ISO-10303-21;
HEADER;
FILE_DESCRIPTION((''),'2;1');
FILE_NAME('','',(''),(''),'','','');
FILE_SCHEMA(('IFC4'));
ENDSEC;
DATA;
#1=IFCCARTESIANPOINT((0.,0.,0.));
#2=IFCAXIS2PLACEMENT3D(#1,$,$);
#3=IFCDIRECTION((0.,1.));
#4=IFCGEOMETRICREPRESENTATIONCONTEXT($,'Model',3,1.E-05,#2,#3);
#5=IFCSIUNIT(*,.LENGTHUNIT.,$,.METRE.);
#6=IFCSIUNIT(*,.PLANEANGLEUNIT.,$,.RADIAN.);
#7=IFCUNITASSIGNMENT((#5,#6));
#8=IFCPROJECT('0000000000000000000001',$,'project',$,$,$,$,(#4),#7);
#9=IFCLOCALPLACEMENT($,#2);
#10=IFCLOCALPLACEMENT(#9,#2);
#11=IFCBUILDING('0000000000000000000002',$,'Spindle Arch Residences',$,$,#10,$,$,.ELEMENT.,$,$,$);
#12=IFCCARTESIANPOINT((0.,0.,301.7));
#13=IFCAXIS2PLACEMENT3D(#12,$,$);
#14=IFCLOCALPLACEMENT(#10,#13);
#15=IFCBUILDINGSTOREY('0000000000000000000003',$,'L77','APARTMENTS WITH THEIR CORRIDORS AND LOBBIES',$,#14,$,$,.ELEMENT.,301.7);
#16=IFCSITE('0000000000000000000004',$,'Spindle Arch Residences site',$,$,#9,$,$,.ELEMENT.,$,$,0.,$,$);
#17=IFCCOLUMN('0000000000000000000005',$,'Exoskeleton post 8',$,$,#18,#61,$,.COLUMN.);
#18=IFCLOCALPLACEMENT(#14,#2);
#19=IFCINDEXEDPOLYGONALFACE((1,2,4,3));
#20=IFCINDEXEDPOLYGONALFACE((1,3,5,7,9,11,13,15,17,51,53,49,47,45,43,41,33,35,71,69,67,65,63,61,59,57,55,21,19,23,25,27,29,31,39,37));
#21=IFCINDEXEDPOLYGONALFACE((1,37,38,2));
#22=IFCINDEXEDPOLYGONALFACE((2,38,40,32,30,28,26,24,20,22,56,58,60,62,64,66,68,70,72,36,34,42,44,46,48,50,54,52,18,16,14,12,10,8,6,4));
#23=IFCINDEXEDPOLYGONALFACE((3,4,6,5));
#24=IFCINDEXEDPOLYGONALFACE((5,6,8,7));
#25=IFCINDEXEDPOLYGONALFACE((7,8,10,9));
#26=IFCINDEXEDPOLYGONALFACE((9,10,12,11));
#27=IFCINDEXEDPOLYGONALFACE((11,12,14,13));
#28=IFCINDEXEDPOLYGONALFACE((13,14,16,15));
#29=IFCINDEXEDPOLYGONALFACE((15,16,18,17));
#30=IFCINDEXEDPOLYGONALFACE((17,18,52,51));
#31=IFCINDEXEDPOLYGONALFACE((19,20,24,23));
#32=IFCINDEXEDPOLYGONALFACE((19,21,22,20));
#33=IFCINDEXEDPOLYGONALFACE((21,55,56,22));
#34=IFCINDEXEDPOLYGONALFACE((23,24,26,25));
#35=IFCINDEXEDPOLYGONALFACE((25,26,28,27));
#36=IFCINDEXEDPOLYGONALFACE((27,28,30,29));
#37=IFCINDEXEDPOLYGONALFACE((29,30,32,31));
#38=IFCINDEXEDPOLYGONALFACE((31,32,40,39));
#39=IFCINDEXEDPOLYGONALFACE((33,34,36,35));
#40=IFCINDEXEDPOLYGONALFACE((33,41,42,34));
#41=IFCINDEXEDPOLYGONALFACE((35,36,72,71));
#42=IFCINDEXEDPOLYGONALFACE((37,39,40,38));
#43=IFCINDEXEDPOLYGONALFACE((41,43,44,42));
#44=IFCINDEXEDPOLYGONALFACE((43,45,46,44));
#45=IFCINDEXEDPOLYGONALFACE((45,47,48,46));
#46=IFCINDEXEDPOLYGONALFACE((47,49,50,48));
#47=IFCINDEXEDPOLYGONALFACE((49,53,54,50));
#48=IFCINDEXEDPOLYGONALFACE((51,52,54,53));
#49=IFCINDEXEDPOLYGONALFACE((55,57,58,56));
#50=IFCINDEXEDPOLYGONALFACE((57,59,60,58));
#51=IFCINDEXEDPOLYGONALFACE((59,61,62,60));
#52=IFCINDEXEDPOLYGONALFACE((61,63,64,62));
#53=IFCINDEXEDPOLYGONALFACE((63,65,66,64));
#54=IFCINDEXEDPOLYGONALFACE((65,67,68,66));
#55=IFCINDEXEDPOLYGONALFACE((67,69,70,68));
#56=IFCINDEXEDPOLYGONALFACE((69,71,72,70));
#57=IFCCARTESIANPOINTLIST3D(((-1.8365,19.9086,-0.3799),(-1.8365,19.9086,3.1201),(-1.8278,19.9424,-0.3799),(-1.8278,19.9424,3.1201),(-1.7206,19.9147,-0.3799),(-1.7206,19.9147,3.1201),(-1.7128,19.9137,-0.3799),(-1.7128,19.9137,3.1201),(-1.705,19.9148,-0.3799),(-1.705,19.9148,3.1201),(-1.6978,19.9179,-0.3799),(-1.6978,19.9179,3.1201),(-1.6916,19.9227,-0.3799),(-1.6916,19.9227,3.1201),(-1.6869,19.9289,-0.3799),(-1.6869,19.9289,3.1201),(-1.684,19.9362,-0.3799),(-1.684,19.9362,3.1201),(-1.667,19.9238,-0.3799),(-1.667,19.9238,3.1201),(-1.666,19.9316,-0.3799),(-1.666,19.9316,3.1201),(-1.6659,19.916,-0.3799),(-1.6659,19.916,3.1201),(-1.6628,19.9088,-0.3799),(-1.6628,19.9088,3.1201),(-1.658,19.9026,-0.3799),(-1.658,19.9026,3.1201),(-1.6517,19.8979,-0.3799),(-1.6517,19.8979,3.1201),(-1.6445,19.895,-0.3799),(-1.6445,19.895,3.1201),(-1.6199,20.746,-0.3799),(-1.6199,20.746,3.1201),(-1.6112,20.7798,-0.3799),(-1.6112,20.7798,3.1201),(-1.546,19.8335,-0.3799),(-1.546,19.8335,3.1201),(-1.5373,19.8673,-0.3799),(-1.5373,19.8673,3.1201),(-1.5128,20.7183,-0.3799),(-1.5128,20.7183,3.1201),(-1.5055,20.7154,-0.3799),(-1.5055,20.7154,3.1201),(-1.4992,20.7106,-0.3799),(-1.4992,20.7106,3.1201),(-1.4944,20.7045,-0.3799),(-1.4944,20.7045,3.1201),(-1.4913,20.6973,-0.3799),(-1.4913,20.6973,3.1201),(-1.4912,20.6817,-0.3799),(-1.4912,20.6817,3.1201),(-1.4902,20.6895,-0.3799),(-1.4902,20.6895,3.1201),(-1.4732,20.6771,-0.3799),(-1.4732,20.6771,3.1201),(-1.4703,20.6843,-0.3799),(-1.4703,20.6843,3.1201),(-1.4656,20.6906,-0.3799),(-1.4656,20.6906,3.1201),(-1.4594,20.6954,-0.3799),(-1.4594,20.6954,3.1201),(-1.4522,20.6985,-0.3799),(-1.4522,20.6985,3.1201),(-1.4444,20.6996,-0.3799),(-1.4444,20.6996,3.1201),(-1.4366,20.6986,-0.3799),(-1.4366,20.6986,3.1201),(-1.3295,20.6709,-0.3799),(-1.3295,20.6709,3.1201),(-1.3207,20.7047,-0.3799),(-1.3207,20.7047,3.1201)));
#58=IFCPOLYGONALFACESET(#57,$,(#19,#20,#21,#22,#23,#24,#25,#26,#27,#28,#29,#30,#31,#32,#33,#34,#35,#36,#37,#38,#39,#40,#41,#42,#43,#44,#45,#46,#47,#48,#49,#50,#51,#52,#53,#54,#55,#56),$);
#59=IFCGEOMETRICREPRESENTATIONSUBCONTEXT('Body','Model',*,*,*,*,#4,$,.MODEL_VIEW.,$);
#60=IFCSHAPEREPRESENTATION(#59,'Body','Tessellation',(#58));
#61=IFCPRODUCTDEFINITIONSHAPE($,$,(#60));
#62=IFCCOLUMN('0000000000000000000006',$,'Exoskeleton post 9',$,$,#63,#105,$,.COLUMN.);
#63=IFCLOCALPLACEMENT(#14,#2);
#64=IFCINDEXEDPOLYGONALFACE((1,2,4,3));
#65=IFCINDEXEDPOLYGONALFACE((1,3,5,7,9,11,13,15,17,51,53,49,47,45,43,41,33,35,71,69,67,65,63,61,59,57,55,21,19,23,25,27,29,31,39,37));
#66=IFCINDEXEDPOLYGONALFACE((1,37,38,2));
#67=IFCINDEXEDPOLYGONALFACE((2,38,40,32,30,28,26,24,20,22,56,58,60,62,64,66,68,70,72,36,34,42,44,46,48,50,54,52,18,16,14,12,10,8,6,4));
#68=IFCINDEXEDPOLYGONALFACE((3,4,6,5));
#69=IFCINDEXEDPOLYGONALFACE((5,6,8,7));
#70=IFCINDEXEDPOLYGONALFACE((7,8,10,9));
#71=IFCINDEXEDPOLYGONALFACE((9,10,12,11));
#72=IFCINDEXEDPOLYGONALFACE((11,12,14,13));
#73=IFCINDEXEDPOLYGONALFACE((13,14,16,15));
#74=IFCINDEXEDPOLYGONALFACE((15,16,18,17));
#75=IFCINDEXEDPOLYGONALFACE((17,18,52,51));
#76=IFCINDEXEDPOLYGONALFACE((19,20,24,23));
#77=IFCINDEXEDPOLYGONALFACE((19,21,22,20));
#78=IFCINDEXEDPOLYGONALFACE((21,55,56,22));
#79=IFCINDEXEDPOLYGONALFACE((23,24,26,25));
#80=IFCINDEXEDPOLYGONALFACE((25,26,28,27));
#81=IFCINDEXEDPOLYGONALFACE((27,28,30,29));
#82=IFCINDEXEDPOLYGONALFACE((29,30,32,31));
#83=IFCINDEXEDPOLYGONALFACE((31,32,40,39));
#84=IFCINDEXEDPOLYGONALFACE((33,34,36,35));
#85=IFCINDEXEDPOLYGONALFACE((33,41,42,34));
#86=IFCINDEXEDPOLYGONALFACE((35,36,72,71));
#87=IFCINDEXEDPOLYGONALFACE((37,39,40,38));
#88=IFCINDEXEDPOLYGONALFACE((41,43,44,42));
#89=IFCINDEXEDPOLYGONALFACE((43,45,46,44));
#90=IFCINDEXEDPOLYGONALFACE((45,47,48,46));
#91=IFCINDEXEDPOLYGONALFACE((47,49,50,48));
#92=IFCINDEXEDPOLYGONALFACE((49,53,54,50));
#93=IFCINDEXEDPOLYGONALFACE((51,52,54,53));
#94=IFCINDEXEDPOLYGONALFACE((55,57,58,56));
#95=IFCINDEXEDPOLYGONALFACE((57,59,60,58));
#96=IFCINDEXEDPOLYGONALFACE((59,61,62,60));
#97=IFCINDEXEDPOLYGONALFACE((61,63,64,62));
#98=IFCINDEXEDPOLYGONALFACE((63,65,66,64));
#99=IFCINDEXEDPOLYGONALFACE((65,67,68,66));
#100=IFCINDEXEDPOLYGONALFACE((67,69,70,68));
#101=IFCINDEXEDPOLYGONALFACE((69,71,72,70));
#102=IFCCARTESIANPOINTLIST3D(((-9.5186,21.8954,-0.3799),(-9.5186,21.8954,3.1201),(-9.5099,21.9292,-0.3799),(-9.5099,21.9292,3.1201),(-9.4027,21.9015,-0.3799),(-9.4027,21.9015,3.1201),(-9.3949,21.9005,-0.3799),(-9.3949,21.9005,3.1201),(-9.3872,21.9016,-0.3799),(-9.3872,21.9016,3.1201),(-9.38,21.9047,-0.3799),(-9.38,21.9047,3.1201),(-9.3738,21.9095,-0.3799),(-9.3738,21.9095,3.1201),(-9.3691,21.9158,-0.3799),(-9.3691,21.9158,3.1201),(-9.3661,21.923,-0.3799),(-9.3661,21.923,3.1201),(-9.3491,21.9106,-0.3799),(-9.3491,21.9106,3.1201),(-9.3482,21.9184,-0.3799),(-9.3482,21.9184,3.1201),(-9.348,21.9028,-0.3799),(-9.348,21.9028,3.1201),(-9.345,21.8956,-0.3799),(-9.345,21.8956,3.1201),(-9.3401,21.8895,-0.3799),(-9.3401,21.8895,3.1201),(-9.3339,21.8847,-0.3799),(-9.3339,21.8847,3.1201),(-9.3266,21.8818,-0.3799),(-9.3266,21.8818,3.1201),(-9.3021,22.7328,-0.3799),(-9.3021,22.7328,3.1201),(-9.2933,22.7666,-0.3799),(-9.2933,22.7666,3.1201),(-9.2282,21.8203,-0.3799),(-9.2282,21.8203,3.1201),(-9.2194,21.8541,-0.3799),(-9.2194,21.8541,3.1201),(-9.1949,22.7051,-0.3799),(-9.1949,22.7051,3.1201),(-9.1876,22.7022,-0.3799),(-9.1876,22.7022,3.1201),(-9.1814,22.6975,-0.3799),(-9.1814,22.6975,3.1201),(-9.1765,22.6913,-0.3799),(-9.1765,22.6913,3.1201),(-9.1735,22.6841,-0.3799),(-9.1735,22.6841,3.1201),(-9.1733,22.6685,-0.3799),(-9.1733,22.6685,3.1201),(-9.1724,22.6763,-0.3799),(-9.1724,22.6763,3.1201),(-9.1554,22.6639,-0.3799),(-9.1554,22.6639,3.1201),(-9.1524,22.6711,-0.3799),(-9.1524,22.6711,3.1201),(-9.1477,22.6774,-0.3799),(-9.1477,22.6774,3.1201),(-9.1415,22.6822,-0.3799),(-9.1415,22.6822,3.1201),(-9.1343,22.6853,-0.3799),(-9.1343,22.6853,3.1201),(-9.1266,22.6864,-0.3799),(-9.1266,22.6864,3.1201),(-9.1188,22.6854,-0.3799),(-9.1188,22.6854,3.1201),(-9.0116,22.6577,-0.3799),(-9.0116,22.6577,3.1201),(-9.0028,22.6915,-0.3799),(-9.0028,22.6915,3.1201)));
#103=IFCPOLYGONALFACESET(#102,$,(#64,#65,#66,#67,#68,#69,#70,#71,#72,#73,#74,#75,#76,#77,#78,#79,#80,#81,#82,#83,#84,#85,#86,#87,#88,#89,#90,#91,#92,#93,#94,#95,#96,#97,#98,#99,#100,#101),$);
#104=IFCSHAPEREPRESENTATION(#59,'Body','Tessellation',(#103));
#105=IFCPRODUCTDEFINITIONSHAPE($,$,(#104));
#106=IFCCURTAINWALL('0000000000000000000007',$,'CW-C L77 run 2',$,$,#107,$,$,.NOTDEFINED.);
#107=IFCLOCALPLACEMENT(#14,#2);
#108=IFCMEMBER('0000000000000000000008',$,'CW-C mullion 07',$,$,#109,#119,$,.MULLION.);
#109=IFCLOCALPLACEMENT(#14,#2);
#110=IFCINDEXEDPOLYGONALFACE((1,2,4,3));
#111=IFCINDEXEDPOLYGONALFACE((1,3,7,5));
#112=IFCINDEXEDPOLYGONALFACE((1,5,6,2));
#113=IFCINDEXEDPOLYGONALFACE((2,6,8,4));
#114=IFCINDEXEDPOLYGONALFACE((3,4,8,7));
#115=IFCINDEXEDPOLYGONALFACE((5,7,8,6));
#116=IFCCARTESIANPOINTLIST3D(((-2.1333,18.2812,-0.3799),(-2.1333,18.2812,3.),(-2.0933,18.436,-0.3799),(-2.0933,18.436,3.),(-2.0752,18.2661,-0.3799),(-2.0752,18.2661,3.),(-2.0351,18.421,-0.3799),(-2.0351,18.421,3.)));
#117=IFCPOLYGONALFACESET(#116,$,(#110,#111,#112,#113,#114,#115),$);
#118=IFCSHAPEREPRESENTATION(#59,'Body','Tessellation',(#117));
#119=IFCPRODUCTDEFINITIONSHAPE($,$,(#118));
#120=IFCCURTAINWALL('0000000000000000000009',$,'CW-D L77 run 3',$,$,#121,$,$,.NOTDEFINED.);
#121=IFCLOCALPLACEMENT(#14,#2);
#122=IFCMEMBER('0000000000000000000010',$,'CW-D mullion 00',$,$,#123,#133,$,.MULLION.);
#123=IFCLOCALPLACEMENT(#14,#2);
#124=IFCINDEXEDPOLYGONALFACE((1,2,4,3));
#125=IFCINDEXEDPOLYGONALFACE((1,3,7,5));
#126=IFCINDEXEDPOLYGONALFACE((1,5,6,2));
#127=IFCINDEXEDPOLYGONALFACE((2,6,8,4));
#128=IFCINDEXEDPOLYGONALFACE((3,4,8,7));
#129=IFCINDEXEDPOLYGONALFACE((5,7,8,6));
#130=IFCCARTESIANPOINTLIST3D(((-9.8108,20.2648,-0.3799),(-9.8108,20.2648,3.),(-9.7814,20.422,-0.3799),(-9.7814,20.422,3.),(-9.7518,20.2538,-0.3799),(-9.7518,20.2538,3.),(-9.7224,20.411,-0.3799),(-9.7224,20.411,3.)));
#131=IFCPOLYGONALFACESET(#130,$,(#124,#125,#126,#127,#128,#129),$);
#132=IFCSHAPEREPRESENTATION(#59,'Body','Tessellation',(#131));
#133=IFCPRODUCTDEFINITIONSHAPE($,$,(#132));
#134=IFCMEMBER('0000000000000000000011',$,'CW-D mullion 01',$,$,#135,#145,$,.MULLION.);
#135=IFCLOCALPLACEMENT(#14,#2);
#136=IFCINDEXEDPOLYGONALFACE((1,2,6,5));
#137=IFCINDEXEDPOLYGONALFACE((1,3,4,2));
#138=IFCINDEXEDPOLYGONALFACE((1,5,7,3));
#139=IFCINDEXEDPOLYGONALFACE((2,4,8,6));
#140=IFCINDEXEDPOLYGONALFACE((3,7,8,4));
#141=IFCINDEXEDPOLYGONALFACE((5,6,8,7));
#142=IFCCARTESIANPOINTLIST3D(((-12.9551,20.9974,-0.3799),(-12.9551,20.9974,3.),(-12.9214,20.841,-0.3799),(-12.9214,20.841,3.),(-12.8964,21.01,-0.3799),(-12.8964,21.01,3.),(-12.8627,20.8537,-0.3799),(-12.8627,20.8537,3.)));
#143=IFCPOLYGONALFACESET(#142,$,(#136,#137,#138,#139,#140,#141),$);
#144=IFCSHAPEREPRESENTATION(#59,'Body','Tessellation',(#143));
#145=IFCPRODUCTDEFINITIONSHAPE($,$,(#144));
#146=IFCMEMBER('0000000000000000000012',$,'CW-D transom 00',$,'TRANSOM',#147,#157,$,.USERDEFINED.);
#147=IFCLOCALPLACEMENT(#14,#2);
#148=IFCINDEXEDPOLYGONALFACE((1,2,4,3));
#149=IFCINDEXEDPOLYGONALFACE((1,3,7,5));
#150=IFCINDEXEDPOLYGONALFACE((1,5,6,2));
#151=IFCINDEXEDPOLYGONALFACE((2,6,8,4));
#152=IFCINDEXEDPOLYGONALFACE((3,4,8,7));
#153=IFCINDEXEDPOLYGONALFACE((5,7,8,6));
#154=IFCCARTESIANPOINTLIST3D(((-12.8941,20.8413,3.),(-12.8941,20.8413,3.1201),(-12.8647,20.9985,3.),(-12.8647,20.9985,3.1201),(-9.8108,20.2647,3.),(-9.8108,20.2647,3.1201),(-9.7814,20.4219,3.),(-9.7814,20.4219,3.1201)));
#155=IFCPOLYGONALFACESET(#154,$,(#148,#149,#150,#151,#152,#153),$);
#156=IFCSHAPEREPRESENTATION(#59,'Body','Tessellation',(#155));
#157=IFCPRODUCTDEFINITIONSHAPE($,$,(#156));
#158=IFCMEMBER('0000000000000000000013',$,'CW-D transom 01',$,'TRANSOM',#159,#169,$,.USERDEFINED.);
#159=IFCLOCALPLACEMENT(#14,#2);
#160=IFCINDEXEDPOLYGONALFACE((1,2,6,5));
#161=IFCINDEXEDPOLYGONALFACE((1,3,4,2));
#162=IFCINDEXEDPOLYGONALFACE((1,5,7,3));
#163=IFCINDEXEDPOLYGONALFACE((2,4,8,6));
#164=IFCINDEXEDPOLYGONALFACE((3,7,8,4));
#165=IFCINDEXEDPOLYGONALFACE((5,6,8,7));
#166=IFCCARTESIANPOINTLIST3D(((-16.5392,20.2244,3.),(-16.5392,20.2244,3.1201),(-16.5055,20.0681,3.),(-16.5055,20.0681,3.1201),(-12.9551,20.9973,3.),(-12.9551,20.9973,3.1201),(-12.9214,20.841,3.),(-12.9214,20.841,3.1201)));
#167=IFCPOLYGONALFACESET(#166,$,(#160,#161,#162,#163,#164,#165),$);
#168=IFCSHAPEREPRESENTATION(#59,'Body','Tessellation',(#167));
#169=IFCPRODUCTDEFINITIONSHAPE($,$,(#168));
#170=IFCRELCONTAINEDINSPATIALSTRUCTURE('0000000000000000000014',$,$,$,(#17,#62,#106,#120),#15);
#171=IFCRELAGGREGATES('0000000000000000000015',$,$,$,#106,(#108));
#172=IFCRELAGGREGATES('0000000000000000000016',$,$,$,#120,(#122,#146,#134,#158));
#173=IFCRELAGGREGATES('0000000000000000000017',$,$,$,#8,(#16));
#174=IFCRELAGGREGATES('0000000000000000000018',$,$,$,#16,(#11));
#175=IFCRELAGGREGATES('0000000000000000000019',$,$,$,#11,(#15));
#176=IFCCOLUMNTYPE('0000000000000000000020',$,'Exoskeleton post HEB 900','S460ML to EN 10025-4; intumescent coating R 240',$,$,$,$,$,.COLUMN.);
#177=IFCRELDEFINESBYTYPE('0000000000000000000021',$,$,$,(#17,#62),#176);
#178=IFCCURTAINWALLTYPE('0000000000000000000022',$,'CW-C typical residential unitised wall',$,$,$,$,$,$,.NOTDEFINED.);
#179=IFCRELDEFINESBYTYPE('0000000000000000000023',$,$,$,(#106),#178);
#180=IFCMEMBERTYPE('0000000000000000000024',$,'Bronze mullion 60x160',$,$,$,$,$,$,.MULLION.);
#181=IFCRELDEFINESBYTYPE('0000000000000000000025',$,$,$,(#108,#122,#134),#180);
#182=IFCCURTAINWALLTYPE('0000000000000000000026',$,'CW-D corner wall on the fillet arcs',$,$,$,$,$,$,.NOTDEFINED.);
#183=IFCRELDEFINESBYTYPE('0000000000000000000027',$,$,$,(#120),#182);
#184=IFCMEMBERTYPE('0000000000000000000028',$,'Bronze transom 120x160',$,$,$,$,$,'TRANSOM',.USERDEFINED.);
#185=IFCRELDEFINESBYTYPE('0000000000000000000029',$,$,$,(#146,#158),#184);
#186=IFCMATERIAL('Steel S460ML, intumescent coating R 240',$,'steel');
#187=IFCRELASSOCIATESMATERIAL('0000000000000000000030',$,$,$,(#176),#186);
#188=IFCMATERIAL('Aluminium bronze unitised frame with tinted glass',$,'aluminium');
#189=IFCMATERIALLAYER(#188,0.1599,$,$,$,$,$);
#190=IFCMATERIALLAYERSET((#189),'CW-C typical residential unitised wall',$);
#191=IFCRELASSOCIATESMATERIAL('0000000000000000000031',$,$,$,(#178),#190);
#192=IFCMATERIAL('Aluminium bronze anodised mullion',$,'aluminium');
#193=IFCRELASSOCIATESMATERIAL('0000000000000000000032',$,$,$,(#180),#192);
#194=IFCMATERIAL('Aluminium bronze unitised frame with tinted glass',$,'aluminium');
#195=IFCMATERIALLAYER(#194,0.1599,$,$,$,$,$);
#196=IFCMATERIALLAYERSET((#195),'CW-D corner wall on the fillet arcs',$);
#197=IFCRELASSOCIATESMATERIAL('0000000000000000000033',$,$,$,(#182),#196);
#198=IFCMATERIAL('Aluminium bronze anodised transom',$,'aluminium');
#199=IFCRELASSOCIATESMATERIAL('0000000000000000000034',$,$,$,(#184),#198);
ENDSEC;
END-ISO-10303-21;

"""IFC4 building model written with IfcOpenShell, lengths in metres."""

from ifc_helpers import new_model, si_unit, direction, frame, origin, origin_2d, place, context, subcontext, project, spatial, rectangle, i_section, extrude, material, layer, layer_set, material_profile, profile_set, type_object, element, aggregate, save


model = new_model("IFC4")

# Units and contexts
model_context = context("Model", 3, precision=1e-05, world=origin(), true_north=direction((0.0, 1.0)))
body_context = subcontext(model_context, "Body", "Model", "MODEL_VIEW")
ifc_project = project(units=[si_unit("LENGTHUNIT", "METRE"), si_unit("PLANEANGLEUNIT", "RADIAN")], contexts=[model_context])

# Site, building, storey
site_placement = place(None, origin())
site = spatial("IfcSite", under=ifc_project, at=site_placement, Name="Spindle Arch Residences site", CompositionType="ELEMENT", RefElevation=0.0)
building_placement = place(site_placement, origin())
building = spatial("IfcBuilding", under=site, at=building_placement, Name="Spindle Arch Residences", CompositionType="ELEMENT")
storey_placement = place(building_placement, frame((0.0, 0.0, 301.7)))
storey = spatial("IfcBuildingStorey", under=building, at=storey_placement, Name="L77", Description="APARTMENTS WITH THEIR CORRIDORS AND LOBBIES", CompositionType="ELEMENT", Elevation=301.7)

# Columns
ifc_material_1 = material(Name="Steel S460ML, intumescent coating R 240", Category="steel")
ifc_material_profile_1 = material_profile(ifc_material_1, i_section(OverallWidth=0.3, OverallDepth=0.8999, WebThickness=0.0186, FlangeThickness=0.0349, FilletRadius=0.03, at=origin_2d()), Name="HEB 900")
ifc_profile_set_1 = profile_set([ifc_material_profile_1], Name="Steel S460ML, intumescent coating R 240")
column_type = type_object("IfcColumnType", Name="Exoskeleton post HEB 900", Description="S460ML to EN 10025-4; intumescent coating R 240", PredefinedType="COLUMN", material=ifc_profile_set_1)
for number, where, z_axis, x_axis, name in (
    (1, (-1.5786, 20.3066, -0.3799), (0.0, 0.0, 1.0), (0.968148, -0.25038, 0.0), "Exoskeleton post 8"),
    (2, (-9.2607, 22.2935, -0.3799), (0.0, 0.0, 1.0), (0.968148, -0.25038, 0.0), "Exoskeleton post 9"),
):
    element("IfcColumn", number, at=place(storey_placement, frame(where, z_axis=z_axis, x_axis=x_axis)), inside=storey, type_object=column_type, Name=name, PredefinedType="COLUMN", context=body_context, shape_type="SweptSolid", body=[
        extrude(i_section(OverallWidth=0.3, OverallDepth=0.8999, WebThickness=0.0186, FlangeThickness=0.0349, FilletRadius=0.03, at=origin_2d()), origin(), (0.0, 0.0, 1.0), 3.5),
    ])

# Curtain wall, member
ifc_material_2 = material(Name="Aluminium bronze unitised frame with tinted glass", Category="aluminium")
ifc_layer_1 = layer(ifc_material_2, 0.1599)
ifc_layer_set_1 = layer_set([ifc_layer_1], Name="CW-C typical residential unitised wall")
curtain_wall_type_1 = type_object("IfcCurtainWallType", Name="CW-C typical residential unitised wall", PredefinedType="NOTDEFINED", material=ifc_layer_set_1)
curtain_wall_1_placement = place(storey_placement, origin())
curtain_wall_1 = element("IfcCurtainWall", 3, at=curtain_wall_1_placement, inside=storey, type_object=curtain_wall_type_1, Name="CW-C L77 run 2", PredefinedType="NOTDEFINED")
ifc_material_3 = material(Name="Aluminium bronze anodised mullion", Category="aluminium")
ifc_material_profile_2 = material_profile(ifc_material_3, rectangle(XDim=0.1599, YDim=0.0601, at=origin_2d()), Name="MU 60x160")
ifc_profile_set_2 = profile_set([ifc_material_profile_2], Name="Aluminium bronze anodised mullion")
member_type_1 = type_object("IfcMemberType", Name="Bronze mullion 60x160", PredefinedType="MULLION", material=ifc_profile_set_2)
member_1_placement = place(storey_placement, frame((-2.0842, 18.3511, -0.3799), z_axis=(0.0, 0.0, 1.0), x_axis=(-0.25038, -0.968148, 0.0)))
member_1 = element("IfcMember", 4, at=member_1_placement, type_object=member_type_1, Name="CW-C mullion 07", PredefinedType="MULLION", context=body_context, shape_type="SweptSolid", body=[
    extrude(rectangle(XDim=0.1599, YDim=0.0601, at=origin_2d()), origin(), (0.0, 0.0, 1.0), 3.3799),
])

# Curtain wall, members
ifc_material_4 = material(Name="Aluminium bronze unitised frame with tinted glass", Category="aluminium")
ifc_layer_2 = layer(ifc_material_4, 0.1599)
ifc_layer_set_2 = layer_set([ifc_layer_2], Name="CW-D corner wall on the fillet arcs")
curtain_wall_type_2 = type_object("IfcCurtainWallType", Name="CW-D corner wall on the fillet arcs", PredefinedType="NOTDEFINED", material=ifc_layer_set_2)
curtain_wall_2_placement = place(storey_placement, origin())
curtain_wall_2 = element("IfcCurtainWall", 5, at=curtain_wall_2_placement, inside=storey, type_object=curtain_wall_type_2, Name="CW-D L77 run 3", PredefinedType="NOTDEFINED")
member_2_placement = place(storey_placement, frame((-9.7666, 20.3379, -0.3799), z_axis=(0.0, 0.0, 1.0), x_axis=(-0.183837, -0.982957, 0.0)))
member_2 = element("IfcMember", 6, at=member_2_placement, type_object=member_type_1, Name="CW-D mullion 00", PredefinedType="MULLION", context=body_context, shape_type="SweptSolid", body=[
    extrude(rectangle(XDim=0.1599, YDim=0.0601, at=origin_2d()), origin(), (0.0, 0.0, 1.0), 3.3799),
])
member_3_placement = place(storey_placement, frame((-12.9089, 20.9255, -0.3799), z_axis=(0.0, 0.0, 1.0), x_axis=(0.210756, -0.977539, 0.0)))
member_3 = element("IfcMember", 7, at=member_3_placement, type_object=member_type_1, Name="CW-D mullion 01", PredefinedType="MULLION", context=body_context, shape_type="SweptSolid", body=[
    extrude(rectangle(XDim=0.1599, YDim=0.0601, at=origin_2d()), origin(), (0.0, 0.0, 1.0), 3.3799),
])
ifc_material_5 = material(Name="Aluminium bronze anodised transom", Category="aluminium")
ifc_material_profile_3 = material_profile(ifc_material_5, rectangle(XDim=0.1599, YDim=0.1201, at=origin_2d()), Name="TR 120x160")
ifc_profile_set_3 = profile_set([ifc_material_profile_3], Name="Aluminium bronze anodised transom")
member_type_2 = type_object("IfcMemberType", Name="Bronze transom 120x160", ElementType="TRANSOM", PredefinedType="USERDEFINED", material=ifc_profile_set_3)
member_4_placement = place(storey_placement, frame((-9.7961, 20.3433, 3.0601), z_axis=(-0.982956, 0.183842, 0.0), x_axis=(-0.183842, -0.982956, 0.0)))
member_4 = element("IfcMember", 8, at=member_4_placement, type_object=member_type_2, Name="CW-D transom 00", ObjectType="TRANSOM", PredefinedType="USERDEFINED", context=body_context, shape_type="SweptSolid", body=[
    extrude(rectangle(XDim=0.1599, YDim=0.1201, at=origin_2d()), origin(), (0.0, 0.0, 1.0), 3.1367),
])
member_5_placement = place(storey_placement, frame((-12.9382, 20.9192, 3.0601), z_axis=(-0.977528, -0.210807, 0.0), x_axis=(0.210807, -0.977528, 0.0)))
member_5 = element("IfcMember", 9, at=member_5_placement, type_object=member_type_2, Name="CW-D transom 01", ObjectType="TRANSOM", PredefinedType="USERDEFINED", context=body_context, shape_type="SweptSolid", body=[
    extrude(rectangle(XDim=0.1599, YDim=0.1201, at=origin_2d()), origin(), (0.0, 0.0, 1.0), 3.6665),
])

aggregate(curtain_wall_1, [member_1])
aggregate(curtain_wall_2, [member_2, member_4, member_3, member_5])

save(model, "model.ifc")
